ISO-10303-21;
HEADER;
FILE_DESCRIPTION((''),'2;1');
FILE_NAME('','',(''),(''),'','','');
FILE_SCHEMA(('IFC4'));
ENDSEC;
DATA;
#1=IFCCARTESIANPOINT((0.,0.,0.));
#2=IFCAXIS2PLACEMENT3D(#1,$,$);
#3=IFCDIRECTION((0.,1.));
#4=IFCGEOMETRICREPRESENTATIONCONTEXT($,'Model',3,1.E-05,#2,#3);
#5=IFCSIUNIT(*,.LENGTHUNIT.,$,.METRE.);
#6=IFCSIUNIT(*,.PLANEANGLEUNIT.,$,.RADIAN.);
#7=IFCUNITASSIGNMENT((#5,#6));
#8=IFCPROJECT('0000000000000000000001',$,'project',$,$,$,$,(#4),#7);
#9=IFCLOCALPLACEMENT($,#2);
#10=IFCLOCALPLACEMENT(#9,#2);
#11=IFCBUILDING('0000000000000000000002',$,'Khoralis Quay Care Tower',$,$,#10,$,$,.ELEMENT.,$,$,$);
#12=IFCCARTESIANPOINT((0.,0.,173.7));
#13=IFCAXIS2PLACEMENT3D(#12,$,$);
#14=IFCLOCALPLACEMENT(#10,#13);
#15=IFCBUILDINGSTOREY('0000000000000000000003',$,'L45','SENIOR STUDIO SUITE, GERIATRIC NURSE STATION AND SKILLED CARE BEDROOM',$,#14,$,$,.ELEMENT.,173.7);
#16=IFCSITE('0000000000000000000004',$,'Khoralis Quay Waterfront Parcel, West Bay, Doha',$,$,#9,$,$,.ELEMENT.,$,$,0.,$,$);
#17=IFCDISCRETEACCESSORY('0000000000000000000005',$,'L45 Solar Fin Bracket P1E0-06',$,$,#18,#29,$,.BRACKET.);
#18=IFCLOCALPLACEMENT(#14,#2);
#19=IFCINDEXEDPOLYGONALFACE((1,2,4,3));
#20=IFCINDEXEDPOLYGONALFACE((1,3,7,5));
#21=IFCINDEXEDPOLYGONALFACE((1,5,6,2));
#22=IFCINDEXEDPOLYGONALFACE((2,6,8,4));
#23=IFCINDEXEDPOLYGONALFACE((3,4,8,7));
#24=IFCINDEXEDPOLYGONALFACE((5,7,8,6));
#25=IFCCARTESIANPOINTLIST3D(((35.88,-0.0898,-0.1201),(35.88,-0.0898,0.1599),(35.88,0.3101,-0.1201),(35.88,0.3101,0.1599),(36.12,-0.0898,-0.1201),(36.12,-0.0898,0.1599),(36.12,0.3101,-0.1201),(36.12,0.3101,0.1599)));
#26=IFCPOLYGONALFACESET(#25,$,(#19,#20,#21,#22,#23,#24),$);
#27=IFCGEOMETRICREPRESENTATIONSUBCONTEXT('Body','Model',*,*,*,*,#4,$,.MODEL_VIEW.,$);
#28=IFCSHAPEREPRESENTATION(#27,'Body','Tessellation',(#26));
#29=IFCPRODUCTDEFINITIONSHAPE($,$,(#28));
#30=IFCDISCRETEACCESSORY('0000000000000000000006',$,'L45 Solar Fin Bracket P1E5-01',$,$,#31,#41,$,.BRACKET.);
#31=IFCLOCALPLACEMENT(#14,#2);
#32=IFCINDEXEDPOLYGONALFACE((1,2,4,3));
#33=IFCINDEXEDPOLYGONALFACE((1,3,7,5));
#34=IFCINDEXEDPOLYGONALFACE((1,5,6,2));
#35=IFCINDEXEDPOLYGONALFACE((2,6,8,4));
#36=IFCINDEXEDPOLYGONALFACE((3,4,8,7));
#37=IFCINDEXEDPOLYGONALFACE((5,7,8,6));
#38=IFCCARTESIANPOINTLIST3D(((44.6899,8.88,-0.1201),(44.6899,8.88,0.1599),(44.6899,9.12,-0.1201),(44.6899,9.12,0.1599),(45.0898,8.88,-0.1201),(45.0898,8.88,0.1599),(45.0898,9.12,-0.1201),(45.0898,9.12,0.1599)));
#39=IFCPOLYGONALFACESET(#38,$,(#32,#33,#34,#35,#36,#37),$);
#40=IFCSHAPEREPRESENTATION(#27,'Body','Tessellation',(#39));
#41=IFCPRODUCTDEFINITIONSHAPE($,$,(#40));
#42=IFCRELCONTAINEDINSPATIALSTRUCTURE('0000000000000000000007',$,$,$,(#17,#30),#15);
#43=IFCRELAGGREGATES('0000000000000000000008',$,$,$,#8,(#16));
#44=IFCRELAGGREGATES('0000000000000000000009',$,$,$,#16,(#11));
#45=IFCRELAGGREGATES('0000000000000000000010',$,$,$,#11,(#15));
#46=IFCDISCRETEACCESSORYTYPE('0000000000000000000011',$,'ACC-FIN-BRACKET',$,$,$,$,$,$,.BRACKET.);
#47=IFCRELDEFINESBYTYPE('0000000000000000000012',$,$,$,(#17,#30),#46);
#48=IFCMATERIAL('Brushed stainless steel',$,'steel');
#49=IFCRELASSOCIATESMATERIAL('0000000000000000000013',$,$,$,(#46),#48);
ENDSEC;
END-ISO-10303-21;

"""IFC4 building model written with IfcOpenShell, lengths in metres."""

from ifc_helpers import new_model, si_unit, direction, frame, origin, origin_2d, place, context, subcontext, project, spatial, rectangle, extrude, source, transform, mapped, material, type_object, element, save


model = new_model("IFC4")

# Units and contexts
model_context = context("Model", 3, precision=1e-05, world=origin(), true_north=direction((0.0, 1.0)))
body_context = subcontext(model_context, "Body", "Model", "MODEL_VIEW")
ifc_project = project(units=[si_unit("LENGTHUNIT", "METRE"), si_unit("PLANEANGLEUNIT", "RADIAN")], contexts=[model_context])

# Site, building, storey
site_placement = place(None, origin())
site = spatial("IfcSite", under=ifc_project, at=site_placement, Name="Khoralis Quay Waterfront Parcel, West Bay, Doha", CompositionType="ELEMENT", RefElevation=0.0)
building_placement = place(site_placement, origin())
building = spatial("IfcBuilding", under=site, at=building_placement, Name="Khoralis Quay Care Tower", CompositionType="ELEMENT")
storey_placement = place(building_placement, frame((0.0, 0.0, 173.7)))
storey = spatial("IfcBuildingStorey", under=building, at=storey_placement, Name="L45", Description="SENIOR STUDIO SUITE, GERIATRIC NURSE STATION AND SKILLED CARE BEDROOM", CompositionType="ELEMENT", Elevation=173.7)

# Discrete accessories
ifc_material_1 = material(Name="Brushed stainless steel", Category="steel")
discrete_accessory_type = type_object("IfcDiscreteAccessoryType", Name="ACC-FIN-BRACKET", PredefinedType="BRACKET", material=ifc_material_1)
shared_shape_1 = source(origin(), body_context, "Body", "SweptSolid", [
    extrude(rectangle(XDim=0.3999, YDim=0.24, at=origin_2d()), origin(), (0.0, 0.0, 1.0), 0.28),
])
for number, where, z_axis, x_axis, name in (
    (1, (36.0, 0.1101, -0.1201), (0.0, 0.0, 1.0), (0.0, -1.0, 0.0), "L45 Solar Fin Bracket P1E0-06"),
    (2, (44.8899, 9.0, -0.1201), (0.0, 0.0, 1.0), (1.0, 0.0, 0.0), "L45 Solar Fin Bracket P1E5-01"),
):
    element("IfcDiscreteAccessory", number, at=place(storey_placement, frame(where, z_axis=z_axis, x_axis=x_axis)), inside=storey, type_object=discrete_accessory_type, Name=name, PredefinedType="BRACKET", context=body_context, shape_type="MappedRepresentation", body=[
        mapped(shared_shape_1, transform((0.0, 0.0, 0.0), scale=1.0)),
    ])

save(model, "model.ifc")
